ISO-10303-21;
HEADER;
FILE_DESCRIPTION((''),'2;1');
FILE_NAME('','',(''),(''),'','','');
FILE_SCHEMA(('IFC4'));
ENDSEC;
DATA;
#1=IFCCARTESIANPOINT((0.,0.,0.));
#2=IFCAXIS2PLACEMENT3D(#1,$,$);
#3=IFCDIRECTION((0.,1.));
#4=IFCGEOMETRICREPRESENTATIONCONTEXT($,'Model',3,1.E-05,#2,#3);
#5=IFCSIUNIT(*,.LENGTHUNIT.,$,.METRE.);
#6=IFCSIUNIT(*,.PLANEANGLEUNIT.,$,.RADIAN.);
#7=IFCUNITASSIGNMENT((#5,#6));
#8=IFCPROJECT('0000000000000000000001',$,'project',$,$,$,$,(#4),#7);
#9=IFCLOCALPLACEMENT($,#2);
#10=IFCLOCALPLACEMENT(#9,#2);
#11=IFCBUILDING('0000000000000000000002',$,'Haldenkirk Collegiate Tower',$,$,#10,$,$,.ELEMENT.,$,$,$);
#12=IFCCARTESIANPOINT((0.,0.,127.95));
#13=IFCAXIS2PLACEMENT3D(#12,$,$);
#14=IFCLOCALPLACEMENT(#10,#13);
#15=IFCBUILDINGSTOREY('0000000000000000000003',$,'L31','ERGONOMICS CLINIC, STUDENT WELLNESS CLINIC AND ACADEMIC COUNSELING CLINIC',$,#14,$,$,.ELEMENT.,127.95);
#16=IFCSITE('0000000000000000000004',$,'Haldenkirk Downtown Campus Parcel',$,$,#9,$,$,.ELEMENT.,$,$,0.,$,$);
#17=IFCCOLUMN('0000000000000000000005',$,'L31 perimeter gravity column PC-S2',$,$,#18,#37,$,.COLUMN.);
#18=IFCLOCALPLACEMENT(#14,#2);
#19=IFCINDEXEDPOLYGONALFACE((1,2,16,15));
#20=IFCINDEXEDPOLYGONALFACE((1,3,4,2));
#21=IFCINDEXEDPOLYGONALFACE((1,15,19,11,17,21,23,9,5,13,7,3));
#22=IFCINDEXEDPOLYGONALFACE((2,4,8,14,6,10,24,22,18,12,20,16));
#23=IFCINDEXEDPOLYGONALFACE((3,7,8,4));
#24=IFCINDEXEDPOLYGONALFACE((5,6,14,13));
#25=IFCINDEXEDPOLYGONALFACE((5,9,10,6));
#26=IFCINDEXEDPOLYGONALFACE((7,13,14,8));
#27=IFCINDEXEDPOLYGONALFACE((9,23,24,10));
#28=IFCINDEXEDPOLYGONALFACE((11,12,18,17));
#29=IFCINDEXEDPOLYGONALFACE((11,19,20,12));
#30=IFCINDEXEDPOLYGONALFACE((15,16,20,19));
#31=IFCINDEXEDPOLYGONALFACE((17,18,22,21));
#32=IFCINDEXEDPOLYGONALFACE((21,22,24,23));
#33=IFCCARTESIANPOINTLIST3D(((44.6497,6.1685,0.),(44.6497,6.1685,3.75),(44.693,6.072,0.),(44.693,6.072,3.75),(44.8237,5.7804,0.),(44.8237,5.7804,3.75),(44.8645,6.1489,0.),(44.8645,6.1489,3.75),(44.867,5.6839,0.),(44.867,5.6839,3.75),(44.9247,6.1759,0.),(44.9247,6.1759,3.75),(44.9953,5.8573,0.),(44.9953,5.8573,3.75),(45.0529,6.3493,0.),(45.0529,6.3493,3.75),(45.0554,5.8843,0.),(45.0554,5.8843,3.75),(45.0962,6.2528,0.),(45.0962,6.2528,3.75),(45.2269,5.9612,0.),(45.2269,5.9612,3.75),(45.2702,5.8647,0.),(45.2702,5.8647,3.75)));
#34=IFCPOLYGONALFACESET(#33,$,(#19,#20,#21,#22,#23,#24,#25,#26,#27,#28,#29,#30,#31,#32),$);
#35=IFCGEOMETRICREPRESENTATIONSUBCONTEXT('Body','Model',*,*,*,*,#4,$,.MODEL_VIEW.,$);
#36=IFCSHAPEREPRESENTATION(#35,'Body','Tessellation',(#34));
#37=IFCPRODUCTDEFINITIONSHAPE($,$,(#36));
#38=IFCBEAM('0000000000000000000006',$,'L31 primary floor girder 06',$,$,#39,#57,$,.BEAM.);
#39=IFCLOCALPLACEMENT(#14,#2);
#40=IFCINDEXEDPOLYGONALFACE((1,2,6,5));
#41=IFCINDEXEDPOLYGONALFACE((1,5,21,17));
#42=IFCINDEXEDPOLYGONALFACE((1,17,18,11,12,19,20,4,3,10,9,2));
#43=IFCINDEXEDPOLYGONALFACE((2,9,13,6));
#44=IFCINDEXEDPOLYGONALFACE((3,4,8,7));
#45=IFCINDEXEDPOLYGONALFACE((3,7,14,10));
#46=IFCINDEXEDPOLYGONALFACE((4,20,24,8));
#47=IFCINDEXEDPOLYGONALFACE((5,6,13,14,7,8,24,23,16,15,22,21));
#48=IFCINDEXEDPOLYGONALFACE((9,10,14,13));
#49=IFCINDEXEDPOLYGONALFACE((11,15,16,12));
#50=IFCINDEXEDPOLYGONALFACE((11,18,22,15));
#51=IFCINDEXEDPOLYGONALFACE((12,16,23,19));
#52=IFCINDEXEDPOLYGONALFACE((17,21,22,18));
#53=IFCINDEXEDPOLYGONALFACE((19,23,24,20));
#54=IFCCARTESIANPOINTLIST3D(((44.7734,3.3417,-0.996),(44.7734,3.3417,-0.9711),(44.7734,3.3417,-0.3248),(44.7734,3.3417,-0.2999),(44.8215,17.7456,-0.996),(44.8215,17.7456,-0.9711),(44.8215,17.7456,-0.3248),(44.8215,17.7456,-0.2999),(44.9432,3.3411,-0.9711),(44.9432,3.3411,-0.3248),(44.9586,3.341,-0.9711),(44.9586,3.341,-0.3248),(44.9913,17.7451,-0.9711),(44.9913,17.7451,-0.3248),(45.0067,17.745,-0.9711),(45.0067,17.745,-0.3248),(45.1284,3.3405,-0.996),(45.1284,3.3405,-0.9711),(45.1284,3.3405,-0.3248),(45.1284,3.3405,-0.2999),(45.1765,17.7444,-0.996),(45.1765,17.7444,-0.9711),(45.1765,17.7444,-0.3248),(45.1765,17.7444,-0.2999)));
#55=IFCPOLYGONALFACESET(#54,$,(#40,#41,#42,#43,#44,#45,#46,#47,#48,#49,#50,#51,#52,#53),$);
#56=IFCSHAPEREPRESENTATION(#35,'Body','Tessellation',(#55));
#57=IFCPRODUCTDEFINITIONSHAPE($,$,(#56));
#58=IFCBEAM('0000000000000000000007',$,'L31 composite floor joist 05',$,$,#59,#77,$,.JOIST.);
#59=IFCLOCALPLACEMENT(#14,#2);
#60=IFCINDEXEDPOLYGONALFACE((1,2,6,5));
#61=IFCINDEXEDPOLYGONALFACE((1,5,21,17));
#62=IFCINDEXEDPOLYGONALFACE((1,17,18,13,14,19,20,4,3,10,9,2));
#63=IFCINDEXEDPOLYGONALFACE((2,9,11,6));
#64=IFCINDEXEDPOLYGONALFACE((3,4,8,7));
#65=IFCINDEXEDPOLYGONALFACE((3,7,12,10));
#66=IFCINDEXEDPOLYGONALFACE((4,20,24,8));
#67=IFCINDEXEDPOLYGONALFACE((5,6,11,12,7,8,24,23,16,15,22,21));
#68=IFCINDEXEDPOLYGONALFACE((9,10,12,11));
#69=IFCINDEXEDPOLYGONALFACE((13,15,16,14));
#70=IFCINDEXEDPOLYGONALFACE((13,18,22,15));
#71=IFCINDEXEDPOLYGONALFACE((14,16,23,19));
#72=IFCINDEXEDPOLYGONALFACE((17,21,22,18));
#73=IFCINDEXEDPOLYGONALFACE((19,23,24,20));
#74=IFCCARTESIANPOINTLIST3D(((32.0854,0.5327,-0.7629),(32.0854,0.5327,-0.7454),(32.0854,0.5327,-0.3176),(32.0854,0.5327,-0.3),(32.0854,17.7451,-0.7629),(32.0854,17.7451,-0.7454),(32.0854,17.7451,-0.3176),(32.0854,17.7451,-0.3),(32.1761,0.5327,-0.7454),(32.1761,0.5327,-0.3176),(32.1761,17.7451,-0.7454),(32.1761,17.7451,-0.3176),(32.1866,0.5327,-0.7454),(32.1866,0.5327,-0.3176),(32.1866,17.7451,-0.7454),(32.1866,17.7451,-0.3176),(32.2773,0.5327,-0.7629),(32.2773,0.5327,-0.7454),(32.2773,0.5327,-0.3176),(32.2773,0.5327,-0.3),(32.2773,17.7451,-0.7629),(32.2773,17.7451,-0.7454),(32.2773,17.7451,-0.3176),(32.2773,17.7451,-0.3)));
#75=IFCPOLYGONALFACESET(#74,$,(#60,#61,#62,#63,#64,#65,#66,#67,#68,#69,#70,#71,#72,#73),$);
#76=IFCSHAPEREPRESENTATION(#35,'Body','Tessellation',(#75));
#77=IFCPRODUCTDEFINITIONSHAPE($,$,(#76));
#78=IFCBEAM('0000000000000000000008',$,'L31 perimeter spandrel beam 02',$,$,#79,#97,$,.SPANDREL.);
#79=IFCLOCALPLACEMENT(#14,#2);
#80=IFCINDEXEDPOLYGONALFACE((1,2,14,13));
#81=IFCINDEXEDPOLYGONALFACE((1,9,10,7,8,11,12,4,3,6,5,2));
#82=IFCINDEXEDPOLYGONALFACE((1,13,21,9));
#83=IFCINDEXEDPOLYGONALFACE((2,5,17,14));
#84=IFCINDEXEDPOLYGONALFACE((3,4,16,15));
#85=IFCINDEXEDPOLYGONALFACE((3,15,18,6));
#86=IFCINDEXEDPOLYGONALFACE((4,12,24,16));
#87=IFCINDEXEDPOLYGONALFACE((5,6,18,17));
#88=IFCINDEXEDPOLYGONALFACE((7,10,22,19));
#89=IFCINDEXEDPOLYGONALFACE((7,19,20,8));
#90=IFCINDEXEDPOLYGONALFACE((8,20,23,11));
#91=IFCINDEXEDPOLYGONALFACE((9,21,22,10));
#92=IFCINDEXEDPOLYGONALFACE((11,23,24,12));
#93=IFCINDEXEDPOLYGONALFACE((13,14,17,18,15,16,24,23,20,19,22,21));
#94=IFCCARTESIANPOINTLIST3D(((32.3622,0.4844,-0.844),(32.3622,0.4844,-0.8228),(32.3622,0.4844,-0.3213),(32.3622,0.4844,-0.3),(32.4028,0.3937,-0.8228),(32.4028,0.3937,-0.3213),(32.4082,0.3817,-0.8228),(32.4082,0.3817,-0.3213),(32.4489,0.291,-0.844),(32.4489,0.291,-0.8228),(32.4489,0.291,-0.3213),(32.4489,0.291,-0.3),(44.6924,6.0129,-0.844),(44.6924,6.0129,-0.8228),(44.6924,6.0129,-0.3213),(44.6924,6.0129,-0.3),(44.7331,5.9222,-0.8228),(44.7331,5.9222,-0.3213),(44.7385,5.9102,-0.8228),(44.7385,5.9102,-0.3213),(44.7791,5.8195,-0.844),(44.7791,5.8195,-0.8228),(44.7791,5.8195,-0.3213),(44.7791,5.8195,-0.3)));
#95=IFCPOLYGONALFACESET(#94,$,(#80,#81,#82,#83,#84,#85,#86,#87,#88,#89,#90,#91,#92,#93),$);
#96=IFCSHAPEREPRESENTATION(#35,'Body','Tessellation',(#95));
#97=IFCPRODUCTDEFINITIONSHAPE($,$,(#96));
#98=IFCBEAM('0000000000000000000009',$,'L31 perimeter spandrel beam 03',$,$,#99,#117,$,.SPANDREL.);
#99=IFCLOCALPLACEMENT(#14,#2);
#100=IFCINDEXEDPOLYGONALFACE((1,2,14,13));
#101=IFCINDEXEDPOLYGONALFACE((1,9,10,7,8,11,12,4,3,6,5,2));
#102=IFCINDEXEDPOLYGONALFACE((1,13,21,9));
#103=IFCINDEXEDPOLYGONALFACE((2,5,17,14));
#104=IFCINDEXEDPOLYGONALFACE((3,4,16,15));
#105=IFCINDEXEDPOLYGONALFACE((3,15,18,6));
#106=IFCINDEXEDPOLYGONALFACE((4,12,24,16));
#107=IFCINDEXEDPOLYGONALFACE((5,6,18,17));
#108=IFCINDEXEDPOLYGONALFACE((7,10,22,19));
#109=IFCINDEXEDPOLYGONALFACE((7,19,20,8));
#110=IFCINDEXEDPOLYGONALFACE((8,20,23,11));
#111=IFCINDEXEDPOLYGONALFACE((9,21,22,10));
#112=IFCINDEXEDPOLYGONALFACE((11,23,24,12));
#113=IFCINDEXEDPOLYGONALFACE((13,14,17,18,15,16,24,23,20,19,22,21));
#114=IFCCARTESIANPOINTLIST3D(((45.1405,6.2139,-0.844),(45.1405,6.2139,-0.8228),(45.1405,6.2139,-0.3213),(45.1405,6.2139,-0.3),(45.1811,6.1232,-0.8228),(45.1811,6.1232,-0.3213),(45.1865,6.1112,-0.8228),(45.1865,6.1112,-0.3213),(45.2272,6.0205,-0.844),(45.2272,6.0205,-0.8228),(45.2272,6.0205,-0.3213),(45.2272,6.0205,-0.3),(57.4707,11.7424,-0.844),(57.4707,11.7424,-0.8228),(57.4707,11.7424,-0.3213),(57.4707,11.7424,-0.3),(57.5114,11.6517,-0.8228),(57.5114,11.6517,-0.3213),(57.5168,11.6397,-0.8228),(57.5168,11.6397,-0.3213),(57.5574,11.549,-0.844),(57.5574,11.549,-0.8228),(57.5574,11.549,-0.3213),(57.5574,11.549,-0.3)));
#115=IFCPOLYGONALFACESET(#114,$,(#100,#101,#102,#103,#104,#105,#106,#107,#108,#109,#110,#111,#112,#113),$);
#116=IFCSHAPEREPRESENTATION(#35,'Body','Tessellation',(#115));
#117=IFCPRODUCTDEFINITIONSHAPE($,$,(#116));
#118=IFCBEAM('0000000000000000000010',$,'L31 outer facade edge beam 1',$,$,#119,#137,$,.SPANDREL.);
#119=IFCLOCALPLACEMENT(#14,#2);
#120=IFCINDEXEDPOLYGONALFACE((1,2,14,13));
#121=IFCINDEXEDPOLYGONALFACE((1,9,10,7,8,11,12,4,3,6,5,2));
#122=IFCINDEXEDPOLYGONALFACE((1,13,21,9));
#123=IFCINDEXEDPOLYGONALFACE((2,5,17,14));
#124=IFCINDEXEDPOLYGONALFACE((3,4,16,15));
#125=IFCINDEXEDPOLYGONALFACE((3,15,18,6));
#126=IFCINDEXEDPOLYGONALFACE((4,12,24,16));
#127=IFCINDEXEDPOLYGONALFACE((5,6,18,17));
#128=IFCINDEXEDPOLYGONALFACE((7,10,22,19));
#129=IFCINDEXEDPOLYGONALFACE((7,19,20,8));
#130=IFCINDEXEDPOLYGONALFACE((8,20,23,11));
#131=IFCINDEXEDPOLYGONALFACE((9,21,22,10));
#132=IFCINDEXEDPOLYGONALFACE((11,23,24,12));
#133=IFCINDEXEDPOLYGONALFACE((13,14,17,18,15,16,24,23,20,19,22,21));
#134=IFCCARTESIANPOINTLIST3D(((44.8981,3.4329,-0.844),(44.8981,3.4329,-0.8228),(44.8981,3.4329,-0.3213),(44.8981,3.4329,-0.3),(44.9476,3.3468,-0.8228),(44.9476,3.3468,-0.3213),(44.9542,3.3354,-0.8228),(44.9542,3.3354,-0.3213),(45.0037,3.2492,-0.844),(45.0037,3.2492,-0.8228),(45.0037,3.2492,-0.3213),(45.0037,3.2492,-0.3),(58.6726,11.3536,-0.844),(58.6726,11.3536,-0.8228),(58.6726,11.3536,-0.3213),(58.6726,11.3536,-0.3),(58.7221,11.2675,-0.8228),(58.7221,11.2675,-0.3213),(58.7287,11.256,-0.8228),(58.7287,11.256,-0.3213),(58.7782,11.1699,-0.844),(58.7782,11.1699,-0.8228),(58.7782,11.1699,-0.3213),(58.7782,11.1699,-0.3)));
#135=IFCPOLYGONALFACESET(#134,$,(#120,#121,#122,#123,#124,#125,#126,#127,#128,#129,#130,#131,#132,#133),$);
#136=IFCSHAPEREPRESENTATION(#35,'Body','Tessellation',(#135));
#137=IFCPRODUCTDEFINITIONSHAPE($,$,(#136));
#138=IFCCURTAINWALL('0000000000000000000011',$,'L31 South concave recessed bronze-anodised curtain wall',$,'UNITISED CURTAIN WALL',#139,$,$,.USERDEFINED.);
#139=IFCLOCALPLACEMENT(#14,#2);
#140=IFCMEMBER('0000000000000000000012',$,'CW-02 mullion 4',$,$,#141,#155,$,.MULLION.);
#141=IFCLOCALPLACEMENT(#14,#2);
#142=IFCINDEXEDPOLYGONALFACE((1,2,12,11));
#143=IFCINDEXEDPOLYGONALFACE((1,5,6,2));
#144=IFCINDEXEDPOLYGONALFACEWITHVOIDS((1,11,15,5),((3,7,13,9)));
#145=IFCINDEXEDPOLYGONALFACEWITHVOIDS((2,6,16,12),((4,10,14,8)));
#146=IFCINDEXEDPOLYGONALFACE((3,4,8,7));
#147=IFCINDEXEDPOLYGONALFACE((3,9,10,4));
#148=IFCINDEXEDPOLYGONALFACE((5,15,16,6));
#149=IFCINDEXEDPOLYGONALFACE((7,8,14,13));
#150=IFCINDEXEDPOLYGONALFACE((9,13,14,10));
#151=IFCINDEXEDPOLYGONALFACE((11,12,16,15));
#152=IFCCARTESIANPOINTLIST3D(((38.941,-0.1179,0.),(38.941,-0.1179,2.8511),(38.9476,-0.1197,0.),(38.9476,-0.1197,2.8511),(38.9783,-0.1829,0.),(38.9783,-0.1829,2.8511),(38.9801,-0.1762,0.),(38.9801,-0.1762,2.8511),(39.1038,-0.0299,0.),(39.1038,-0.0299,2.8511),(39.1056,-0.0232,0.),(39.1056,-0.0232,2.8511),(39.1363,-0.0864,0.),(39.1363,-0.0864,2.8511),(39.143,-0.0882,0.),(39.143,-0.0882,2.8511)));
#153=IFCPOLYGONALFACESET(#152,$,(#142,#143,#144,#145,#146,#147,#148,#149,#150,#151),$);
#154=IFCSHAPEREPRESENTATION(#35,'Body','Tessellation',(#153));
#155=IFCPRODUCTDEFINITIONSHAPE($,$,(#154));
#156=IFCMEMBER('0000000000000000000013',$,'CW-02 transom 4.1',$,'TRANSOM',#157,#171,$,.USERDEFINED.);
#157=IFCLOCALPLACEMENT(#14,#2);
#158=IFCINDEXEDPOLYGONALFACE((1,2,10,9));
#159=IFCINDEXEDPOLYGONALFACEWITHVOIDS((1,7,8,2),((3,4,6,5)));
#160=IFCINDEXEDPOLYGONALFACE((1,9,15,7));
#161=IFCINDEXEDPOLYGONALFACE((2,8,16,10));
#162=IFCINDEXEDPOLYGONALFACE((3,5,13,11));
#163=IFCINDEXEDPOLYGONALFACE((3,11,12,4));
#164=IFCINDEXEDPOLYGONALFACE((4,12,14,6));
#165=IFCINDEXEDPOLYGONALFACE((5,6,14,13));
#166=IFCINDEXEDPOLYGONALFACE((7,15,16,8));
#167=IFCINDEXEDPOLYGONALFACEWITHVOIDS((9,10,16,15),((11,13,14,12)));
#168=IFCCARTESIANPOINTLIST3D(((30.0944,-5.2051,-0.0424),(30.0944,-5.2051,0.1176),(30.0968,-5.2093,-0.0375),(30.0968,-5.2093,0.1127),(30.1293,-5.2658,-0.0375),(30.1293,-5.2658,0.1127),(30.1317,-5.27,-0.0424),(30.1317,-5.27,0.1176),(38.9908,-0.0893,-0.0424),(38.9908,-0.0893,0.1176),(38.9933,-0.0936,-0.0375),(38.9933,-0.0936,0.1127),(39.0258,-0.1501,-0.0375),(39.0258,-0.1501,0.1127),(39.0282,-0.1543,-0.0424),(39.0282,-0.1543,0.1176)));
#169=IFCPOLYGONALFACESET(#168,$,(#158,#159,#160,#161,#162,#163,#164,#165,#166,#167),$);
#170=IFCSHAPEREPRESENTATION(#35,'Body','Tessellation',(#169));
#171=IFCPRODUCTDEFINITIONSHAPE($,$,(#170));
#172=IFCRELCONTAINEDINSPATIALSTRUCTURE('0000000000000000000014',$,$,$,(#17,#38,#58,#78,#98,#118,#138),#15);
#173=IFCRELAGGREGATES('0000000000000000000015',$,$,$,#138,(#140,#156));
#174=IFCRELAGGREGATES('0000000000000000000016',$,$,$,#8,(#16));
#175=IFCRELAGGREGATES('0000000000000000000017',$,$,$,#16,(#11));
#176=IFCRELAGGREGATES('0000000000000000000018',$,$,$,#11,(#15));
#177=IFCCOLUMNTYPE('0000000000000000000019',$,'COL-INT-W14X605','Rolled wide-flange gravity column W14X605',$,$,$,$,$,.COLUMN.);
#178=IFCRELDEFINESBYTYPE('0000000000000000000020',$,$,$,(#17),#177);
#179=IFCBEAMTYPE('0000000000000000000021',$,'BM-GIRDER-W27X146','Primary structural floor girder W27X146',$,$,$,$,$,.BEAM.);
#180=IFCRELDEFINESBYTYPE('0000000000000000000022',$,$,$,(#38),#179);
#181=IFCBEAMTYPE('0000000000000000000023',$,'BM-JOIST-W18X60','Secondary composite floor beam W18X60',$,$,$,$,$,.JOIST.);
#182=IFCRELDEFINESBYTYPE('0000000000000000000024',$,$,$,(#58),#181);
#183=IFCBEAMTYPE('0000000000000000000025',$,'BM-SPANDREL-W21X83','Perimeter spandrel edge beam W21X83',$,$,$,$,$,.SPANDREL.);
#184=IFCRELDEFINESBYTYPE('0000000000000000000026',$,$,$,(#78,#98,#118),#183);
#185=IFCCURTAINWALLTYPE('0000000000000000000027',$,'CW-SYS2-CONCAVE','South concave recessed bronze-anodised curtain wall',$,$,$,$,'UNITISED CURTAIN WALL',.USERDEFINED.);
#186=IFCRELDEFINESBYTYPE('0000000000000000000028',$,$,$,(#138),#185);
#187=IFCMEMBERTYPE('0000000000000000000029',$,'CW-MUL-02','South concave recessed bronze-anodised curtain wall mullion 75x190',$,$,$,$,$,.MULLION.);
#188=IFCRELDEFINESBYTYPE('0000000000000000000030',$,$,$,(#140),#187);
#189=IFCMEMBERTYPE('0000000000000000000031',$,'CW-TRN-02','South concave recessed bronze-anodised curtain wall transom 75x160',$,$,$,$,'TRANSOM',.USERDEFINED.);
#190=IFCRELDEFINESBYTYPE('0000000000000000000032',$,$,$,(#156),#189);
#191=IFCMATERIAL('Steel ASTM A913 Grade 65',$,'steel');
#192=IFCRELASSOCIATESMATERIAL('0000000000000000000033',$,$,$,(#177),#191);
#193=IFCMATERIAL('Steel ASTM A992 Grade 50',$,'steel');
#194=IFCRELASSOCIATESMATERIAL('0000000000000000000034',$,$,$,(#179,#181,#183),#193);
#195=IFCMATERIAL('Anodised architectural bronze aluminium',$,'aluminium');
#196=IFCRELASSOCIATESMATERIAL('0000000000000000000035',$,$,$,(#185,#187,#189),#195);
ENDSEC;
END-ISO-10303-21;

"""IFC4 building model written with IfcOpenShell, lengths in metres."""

from ifc_helpers import new_model, si_unit, direction, frame, origin, origin_2d, place, context, subcontext, project, spatial, hollow_rectangle, i_section, extrude, material, material_profile, profile_set, type_object, element, aggregate, save


model = new_model("IFC4")

# Units and contexts
model_context = context("Model", 3, precision=1e-05, world=origin(), true_north=direction((0.0, 1.0)))
body_context = subcontext(model_context, "Body", "Model", "MODEL_VIEW")
ifc_project = project(units=[si_unit("LENGTHUNIT", "METRE"), si_unit("PLANEANGLEUNIT", "RADIAN")], contexts=[model_context])

# Site, building, storey
site_placement = place(None, origin())
site = spatial("IfcSite", under=ifc_project, at=site_placement, Name="Haldenkirk Downtown Campus Parcel", CompositionType="ELEMENT", RefElevation=0.0)
building_placement = place(site_placement, origin())
building = spatial("IfcBuilding", under=site, at=building_placement, Name="Haldenkirk Collegiate Tower", CompositionType="ELEMENT")
storey_placement = place(building_placement, frame((0.0, 0.0, 127.95)))
storey = spatial("IfcBuildingStorey", under=building, at=storey_placement, Name="L31", Description="ERGONOMICS CLINIC, STUDENT WELLNESS CLINIC AND ACADEMIC COUNSELING CLINIC", CompositionType="ELEMENT", Elevation=127.95)

# Column
ifc_material_1 = material(Name="Steel ASTM A913 Grade 65", Category="steel")
ifc_material_profile_1 = material_profile(ifc_material_1, i_section(OverallWidth=0.4419, OverallDepth=0.531, WebThickness=0.0659, FlangeThickness=0.1057, at=origin_2d()), Name="W14X605")
ifc_profile_set_1 = profile_set([ifc_material_profile_1], Name="Steel ASTM A913 Grade 65")
column_type = type_object("IfcColumnType", Name="COL-INT-W14X605", Description="Rolled wide-flange gravity column W14X605", PredefinedType="COLUMN", material=ifc_profile_set_1)
column_placement = place(storey_placement, frame((44.96, 6.0166, 0.0), z_axis=(0.0, 0.0, 1.0), x_axis=(0.912477, 0.409127, 0.0)))
element("IfcColumn", 1, at=column_placement, inside=storey, type_object=column_type, Name="L31 perimeter gravity column PC-S2", PredefinedType="COLUMN", context=body_context, shape_type="SweptSolid", body=[
    extrude(i_section(OverallWidth=0.4419, OverallDepth=0.531, WebThickness=0.0659, FlangeThickness=0.1057, at=origin_2d()), origin(), (0.0, 0.0, 1.0), 3.75),
])

# Beams
ifc_material_2 = material(Name="Steel ASTM A992 Grade 50", Category="steel")
ifc_material_profile_2 = material_profile(ifc_material_2, i_section(OverallWidth=0.355, OverallDepth=0.696, WebThickness=0.0154, FlangeThickness=0.0249, at=origin_2d()), Name="W27X146")
ifc_profile_set_2 = profile_set([ifc_material_profile_2], Name="Steel ASTM A992 Grade 50")
beam_type_1 = type_object("IfcBeamType", Name="BM-GIRDER-W27X146", Description="Primary structural floor girder W27X146", PredefinedType="BEAM", material=ifc_profile_set_2)
beam_1_placement = place(storey_placement, frame((44.9509, 3.3411, -0.6479), z_axis=(0.003339, 0.999994, 0.0), x_axis=(-0.999994, 0.003339, 0.0)))
element("IfcBeam", 2, at=beam_1_placement, inside=storey, type_object=beam_type_1, Name="L31 primary floor girder 06", PredefinedType="BEAM", context=body_context, shape_type="SweptSolid", body=[
    extrude(i_section(OverallWidth=0.355, OverallDepth=0.696, WebThickness=0.0154, FlangeThickness=0.0249, at=origin_2d()), origin(), (0.0, 0.0, 1.0), 14.4041),
])
ifc_material_profile_3 = material_profile(ifc_material_2, i_section(OverallWidth=0.1919, OverallDepth=0.4629, WebThickness=0.0105, FlangeThickness=0.0176, at=origin_2d()), Name="W18X60")
ifc_profile_set_3 = profile_set([ifc_material_profile_3], Name="Steel ASTM A992 Grade 50")
beam_type_2 = type_object("IfcBeamType", Name="BM-JOIST-W18X60", Description="Secondary composite floor beam W18X60", PredefinedType="JOIST", material=ifc_profile_set_3)
beam_2_placement = place(storey_placement, frame((32.1814, 0.5327, -0.5315), z_axis=(0.0, 1.0, 0.0), x_axis=(-1.0, 0.0, 0.0)))
element("IfcBeam", 3, at=beam_2_placement, inside=storey, type_object=beam_type_2, Name="L31 composite floor joist 05", PredefinedType="JOIST", context=body_context, shape_type="SweptSolid", body=[
    extrude(i_section(OverallWidth=0.1919, OverallDepth=0.4629, WebThickness=0.0105, FlangeThickness=0.0176, at=origin_2d()), origin(), (0.0, 0.0, 1.0), 17.2124),
])
ifc_material_profile_4 = material_profile(ifc_material_2, i_section(OverallWidth=0.2119, OverallDepth=0.5439, WebThickness=0.0132, FlangeThickness=0.0212, at=origin_2d()), Name="W21X83")
ifc_profile_set_4 = profile_set([ifc_material_profile_4], Name="Steel ASTM A992 Grade 50")
beam_type_3 = type_object("IfcBeamType", Name="BM-SPANDREL-W21X83", Description="Perimeter spandrel edge beam W21X83", PredefinedType="SPANDREL", material=ifc_profile_set_4)
for number, where, z_axis, x_axis, name in (
    (4, (32.4055, 0.3877, -0.572), (0.912477, 0.409129, 0.0), (-0.409129, 0.912477, 0.0), "L31 perimeter spandrel beam 02"),
    (5, (45.1838, 6.1172, -0.572), (0.912477, 0.409129, 0.0), (-0.409129, 0.912477, 0.0), "L31 perimeter spandrel beam 03"),
):
    element("IfcBeam", number, at=place(storey_placement, frame(where, z_axis=z_axis, x_axis=x_axis)), inside=storey, type_object=beam_type_3, Name=name, PredefinedType="SPANDREL", context=body_context, shape_type="SweptSolid", body=[
        extrude(i_section(OverallWidth=0.2119, OverallDepth=0.5439, WebThickness=0.0132, FlangeThickness=0.0212, at=origin_2d()), origin(), (0.0, 0.0, 1.0), 13.5129),
    ])
beam_3_placement = place(storey_placement, frame((44.9509, 3.3411, -0.572), z_axis=(0.866896, 0.498488, 0.0), x_axis=(-0.498488, 0.866896, 0.0)))
element("IfcBeam", 6, at=beam_3_placement, inside=storey, type_object=beam_type_3, Name="L31 outer facade edge beam 1", PredefinedType="SPANDREL", context=body_context, shape_type="SweptSolid", body=[
    extrude(i_section(OverallWidth=0.2119, OverallDepth=0.5439, WebThickness=0.0132, FlangeThickness=0.0212, at=origin_2d()), origin(), (0.0, 0.0, 1.0), 15.8894),
])

# Curtain wall, members
ifc_material_3 = material(Name="Anodised architectural bronze aluminium", Category="aluminium")
curtain_wall_type = type_object("IfcCurtainWallType", Name="CW-SYS2-CONCAVE", Description="South concave recessed bronze-anodised curtain wall", ElementType="UNITISED CURTAIN WALL", PredefinedType="USERDEFINED", material=ifc_material_3)
curtain_wall_placement = place(storey_placement, origin())
curtain_wall = element("IfcCurtainWall", 7, at=curtain_wall_placement, inside=storey, type_object=curtain_wall_type, Name="L31 South concave recessed bronze-anodised curtain wall", ObjectType="UNITISED CURTAIN WALL", PredefinedType="USERDEFINED")
ifc_material_profile_5 = material_profile(ifc_material_3, hollow_rectangle(XDim=0.075, YDim=0.1899, WallThickness=0.0049, at=origin_2d()), Name="CW-MUL-02")
ifc_profile_set_5 = profile_set([ifc_material_profile_5], Name="Anodised architectural bronze aluminium")
member_type_1 = type_object("IfcMemberType", Name="CW-MUL-02", Description="South concave recessed bronze-anodised curtain wall mullion 75x190", PredefinedType="MULLION", material=ifc_profile_set_5)
member_1_placement = place(storey_placement, frame((39.042, -0.103, 0.0), z_axis=(0.0, 0.0, 1.0), x_axis=(0.498489, -0.866896, 0.0)))
member_1 = element("IfcMember", 8, at=member_1_placement, type_object=member_type_1, Name="CW-02 mullion 4", PredefinedType="MULLION", context=body_context, shape_type="SweptSolid", body=[
    extrude(hollow_rectangle(XDim=0.075, YDim=0.1899, WallThickness=0.0049, at=origin_2d()), origin(), (0.0, 0.0, 1.0), 2.8511),
])
ifc_material_profile_6 = material_profile(ifc_material_3, hollow_rectangle(XDim=0.075, YDim=0.1599, WallThickness=0.0049, at=origin_2d()), Name="CW-TRN-02")
ifc_profile_set_6 = profile_set([ifc_material_profile_6], Name="Anodised architectural bronze aluminium")
member_type_2 = type_object("IfcMemberType", Name="CW-TRN-02", Description="South concave recessed bronze-anodised curtain wall transom 75x160", ElementType="TRANSOM", PredefinedType="USERDEFINED", material=ifc_profile_set_6)
member_2_placement = place(storey_placement, frame((39.0095, -0.1218, 0.0376), z_axis=(-0.866896, -0.498489, 0.0), x_axis=(0.498489, -0.866896, 0.0)))
member_2 = element("IfcMember", 9, at=member_2_placement, type_object=member_type_2, Name="CW-02 transom 4.1", ObjectType="TRANSOM", PredefinedType="USERDEFINED", context=body_context, shape_type="SweptSolid", body=[
    extrude(hollow_rectangle(XDim=0.075, YDim=0.1599, WallThickness=0.0049, at=origin_2d()), origin(), (0.0, 0.0, 1.0), 10.2625),
])

aggregate(curtain_wall, [member_1, member_2])

save(model, "model.ifc")
